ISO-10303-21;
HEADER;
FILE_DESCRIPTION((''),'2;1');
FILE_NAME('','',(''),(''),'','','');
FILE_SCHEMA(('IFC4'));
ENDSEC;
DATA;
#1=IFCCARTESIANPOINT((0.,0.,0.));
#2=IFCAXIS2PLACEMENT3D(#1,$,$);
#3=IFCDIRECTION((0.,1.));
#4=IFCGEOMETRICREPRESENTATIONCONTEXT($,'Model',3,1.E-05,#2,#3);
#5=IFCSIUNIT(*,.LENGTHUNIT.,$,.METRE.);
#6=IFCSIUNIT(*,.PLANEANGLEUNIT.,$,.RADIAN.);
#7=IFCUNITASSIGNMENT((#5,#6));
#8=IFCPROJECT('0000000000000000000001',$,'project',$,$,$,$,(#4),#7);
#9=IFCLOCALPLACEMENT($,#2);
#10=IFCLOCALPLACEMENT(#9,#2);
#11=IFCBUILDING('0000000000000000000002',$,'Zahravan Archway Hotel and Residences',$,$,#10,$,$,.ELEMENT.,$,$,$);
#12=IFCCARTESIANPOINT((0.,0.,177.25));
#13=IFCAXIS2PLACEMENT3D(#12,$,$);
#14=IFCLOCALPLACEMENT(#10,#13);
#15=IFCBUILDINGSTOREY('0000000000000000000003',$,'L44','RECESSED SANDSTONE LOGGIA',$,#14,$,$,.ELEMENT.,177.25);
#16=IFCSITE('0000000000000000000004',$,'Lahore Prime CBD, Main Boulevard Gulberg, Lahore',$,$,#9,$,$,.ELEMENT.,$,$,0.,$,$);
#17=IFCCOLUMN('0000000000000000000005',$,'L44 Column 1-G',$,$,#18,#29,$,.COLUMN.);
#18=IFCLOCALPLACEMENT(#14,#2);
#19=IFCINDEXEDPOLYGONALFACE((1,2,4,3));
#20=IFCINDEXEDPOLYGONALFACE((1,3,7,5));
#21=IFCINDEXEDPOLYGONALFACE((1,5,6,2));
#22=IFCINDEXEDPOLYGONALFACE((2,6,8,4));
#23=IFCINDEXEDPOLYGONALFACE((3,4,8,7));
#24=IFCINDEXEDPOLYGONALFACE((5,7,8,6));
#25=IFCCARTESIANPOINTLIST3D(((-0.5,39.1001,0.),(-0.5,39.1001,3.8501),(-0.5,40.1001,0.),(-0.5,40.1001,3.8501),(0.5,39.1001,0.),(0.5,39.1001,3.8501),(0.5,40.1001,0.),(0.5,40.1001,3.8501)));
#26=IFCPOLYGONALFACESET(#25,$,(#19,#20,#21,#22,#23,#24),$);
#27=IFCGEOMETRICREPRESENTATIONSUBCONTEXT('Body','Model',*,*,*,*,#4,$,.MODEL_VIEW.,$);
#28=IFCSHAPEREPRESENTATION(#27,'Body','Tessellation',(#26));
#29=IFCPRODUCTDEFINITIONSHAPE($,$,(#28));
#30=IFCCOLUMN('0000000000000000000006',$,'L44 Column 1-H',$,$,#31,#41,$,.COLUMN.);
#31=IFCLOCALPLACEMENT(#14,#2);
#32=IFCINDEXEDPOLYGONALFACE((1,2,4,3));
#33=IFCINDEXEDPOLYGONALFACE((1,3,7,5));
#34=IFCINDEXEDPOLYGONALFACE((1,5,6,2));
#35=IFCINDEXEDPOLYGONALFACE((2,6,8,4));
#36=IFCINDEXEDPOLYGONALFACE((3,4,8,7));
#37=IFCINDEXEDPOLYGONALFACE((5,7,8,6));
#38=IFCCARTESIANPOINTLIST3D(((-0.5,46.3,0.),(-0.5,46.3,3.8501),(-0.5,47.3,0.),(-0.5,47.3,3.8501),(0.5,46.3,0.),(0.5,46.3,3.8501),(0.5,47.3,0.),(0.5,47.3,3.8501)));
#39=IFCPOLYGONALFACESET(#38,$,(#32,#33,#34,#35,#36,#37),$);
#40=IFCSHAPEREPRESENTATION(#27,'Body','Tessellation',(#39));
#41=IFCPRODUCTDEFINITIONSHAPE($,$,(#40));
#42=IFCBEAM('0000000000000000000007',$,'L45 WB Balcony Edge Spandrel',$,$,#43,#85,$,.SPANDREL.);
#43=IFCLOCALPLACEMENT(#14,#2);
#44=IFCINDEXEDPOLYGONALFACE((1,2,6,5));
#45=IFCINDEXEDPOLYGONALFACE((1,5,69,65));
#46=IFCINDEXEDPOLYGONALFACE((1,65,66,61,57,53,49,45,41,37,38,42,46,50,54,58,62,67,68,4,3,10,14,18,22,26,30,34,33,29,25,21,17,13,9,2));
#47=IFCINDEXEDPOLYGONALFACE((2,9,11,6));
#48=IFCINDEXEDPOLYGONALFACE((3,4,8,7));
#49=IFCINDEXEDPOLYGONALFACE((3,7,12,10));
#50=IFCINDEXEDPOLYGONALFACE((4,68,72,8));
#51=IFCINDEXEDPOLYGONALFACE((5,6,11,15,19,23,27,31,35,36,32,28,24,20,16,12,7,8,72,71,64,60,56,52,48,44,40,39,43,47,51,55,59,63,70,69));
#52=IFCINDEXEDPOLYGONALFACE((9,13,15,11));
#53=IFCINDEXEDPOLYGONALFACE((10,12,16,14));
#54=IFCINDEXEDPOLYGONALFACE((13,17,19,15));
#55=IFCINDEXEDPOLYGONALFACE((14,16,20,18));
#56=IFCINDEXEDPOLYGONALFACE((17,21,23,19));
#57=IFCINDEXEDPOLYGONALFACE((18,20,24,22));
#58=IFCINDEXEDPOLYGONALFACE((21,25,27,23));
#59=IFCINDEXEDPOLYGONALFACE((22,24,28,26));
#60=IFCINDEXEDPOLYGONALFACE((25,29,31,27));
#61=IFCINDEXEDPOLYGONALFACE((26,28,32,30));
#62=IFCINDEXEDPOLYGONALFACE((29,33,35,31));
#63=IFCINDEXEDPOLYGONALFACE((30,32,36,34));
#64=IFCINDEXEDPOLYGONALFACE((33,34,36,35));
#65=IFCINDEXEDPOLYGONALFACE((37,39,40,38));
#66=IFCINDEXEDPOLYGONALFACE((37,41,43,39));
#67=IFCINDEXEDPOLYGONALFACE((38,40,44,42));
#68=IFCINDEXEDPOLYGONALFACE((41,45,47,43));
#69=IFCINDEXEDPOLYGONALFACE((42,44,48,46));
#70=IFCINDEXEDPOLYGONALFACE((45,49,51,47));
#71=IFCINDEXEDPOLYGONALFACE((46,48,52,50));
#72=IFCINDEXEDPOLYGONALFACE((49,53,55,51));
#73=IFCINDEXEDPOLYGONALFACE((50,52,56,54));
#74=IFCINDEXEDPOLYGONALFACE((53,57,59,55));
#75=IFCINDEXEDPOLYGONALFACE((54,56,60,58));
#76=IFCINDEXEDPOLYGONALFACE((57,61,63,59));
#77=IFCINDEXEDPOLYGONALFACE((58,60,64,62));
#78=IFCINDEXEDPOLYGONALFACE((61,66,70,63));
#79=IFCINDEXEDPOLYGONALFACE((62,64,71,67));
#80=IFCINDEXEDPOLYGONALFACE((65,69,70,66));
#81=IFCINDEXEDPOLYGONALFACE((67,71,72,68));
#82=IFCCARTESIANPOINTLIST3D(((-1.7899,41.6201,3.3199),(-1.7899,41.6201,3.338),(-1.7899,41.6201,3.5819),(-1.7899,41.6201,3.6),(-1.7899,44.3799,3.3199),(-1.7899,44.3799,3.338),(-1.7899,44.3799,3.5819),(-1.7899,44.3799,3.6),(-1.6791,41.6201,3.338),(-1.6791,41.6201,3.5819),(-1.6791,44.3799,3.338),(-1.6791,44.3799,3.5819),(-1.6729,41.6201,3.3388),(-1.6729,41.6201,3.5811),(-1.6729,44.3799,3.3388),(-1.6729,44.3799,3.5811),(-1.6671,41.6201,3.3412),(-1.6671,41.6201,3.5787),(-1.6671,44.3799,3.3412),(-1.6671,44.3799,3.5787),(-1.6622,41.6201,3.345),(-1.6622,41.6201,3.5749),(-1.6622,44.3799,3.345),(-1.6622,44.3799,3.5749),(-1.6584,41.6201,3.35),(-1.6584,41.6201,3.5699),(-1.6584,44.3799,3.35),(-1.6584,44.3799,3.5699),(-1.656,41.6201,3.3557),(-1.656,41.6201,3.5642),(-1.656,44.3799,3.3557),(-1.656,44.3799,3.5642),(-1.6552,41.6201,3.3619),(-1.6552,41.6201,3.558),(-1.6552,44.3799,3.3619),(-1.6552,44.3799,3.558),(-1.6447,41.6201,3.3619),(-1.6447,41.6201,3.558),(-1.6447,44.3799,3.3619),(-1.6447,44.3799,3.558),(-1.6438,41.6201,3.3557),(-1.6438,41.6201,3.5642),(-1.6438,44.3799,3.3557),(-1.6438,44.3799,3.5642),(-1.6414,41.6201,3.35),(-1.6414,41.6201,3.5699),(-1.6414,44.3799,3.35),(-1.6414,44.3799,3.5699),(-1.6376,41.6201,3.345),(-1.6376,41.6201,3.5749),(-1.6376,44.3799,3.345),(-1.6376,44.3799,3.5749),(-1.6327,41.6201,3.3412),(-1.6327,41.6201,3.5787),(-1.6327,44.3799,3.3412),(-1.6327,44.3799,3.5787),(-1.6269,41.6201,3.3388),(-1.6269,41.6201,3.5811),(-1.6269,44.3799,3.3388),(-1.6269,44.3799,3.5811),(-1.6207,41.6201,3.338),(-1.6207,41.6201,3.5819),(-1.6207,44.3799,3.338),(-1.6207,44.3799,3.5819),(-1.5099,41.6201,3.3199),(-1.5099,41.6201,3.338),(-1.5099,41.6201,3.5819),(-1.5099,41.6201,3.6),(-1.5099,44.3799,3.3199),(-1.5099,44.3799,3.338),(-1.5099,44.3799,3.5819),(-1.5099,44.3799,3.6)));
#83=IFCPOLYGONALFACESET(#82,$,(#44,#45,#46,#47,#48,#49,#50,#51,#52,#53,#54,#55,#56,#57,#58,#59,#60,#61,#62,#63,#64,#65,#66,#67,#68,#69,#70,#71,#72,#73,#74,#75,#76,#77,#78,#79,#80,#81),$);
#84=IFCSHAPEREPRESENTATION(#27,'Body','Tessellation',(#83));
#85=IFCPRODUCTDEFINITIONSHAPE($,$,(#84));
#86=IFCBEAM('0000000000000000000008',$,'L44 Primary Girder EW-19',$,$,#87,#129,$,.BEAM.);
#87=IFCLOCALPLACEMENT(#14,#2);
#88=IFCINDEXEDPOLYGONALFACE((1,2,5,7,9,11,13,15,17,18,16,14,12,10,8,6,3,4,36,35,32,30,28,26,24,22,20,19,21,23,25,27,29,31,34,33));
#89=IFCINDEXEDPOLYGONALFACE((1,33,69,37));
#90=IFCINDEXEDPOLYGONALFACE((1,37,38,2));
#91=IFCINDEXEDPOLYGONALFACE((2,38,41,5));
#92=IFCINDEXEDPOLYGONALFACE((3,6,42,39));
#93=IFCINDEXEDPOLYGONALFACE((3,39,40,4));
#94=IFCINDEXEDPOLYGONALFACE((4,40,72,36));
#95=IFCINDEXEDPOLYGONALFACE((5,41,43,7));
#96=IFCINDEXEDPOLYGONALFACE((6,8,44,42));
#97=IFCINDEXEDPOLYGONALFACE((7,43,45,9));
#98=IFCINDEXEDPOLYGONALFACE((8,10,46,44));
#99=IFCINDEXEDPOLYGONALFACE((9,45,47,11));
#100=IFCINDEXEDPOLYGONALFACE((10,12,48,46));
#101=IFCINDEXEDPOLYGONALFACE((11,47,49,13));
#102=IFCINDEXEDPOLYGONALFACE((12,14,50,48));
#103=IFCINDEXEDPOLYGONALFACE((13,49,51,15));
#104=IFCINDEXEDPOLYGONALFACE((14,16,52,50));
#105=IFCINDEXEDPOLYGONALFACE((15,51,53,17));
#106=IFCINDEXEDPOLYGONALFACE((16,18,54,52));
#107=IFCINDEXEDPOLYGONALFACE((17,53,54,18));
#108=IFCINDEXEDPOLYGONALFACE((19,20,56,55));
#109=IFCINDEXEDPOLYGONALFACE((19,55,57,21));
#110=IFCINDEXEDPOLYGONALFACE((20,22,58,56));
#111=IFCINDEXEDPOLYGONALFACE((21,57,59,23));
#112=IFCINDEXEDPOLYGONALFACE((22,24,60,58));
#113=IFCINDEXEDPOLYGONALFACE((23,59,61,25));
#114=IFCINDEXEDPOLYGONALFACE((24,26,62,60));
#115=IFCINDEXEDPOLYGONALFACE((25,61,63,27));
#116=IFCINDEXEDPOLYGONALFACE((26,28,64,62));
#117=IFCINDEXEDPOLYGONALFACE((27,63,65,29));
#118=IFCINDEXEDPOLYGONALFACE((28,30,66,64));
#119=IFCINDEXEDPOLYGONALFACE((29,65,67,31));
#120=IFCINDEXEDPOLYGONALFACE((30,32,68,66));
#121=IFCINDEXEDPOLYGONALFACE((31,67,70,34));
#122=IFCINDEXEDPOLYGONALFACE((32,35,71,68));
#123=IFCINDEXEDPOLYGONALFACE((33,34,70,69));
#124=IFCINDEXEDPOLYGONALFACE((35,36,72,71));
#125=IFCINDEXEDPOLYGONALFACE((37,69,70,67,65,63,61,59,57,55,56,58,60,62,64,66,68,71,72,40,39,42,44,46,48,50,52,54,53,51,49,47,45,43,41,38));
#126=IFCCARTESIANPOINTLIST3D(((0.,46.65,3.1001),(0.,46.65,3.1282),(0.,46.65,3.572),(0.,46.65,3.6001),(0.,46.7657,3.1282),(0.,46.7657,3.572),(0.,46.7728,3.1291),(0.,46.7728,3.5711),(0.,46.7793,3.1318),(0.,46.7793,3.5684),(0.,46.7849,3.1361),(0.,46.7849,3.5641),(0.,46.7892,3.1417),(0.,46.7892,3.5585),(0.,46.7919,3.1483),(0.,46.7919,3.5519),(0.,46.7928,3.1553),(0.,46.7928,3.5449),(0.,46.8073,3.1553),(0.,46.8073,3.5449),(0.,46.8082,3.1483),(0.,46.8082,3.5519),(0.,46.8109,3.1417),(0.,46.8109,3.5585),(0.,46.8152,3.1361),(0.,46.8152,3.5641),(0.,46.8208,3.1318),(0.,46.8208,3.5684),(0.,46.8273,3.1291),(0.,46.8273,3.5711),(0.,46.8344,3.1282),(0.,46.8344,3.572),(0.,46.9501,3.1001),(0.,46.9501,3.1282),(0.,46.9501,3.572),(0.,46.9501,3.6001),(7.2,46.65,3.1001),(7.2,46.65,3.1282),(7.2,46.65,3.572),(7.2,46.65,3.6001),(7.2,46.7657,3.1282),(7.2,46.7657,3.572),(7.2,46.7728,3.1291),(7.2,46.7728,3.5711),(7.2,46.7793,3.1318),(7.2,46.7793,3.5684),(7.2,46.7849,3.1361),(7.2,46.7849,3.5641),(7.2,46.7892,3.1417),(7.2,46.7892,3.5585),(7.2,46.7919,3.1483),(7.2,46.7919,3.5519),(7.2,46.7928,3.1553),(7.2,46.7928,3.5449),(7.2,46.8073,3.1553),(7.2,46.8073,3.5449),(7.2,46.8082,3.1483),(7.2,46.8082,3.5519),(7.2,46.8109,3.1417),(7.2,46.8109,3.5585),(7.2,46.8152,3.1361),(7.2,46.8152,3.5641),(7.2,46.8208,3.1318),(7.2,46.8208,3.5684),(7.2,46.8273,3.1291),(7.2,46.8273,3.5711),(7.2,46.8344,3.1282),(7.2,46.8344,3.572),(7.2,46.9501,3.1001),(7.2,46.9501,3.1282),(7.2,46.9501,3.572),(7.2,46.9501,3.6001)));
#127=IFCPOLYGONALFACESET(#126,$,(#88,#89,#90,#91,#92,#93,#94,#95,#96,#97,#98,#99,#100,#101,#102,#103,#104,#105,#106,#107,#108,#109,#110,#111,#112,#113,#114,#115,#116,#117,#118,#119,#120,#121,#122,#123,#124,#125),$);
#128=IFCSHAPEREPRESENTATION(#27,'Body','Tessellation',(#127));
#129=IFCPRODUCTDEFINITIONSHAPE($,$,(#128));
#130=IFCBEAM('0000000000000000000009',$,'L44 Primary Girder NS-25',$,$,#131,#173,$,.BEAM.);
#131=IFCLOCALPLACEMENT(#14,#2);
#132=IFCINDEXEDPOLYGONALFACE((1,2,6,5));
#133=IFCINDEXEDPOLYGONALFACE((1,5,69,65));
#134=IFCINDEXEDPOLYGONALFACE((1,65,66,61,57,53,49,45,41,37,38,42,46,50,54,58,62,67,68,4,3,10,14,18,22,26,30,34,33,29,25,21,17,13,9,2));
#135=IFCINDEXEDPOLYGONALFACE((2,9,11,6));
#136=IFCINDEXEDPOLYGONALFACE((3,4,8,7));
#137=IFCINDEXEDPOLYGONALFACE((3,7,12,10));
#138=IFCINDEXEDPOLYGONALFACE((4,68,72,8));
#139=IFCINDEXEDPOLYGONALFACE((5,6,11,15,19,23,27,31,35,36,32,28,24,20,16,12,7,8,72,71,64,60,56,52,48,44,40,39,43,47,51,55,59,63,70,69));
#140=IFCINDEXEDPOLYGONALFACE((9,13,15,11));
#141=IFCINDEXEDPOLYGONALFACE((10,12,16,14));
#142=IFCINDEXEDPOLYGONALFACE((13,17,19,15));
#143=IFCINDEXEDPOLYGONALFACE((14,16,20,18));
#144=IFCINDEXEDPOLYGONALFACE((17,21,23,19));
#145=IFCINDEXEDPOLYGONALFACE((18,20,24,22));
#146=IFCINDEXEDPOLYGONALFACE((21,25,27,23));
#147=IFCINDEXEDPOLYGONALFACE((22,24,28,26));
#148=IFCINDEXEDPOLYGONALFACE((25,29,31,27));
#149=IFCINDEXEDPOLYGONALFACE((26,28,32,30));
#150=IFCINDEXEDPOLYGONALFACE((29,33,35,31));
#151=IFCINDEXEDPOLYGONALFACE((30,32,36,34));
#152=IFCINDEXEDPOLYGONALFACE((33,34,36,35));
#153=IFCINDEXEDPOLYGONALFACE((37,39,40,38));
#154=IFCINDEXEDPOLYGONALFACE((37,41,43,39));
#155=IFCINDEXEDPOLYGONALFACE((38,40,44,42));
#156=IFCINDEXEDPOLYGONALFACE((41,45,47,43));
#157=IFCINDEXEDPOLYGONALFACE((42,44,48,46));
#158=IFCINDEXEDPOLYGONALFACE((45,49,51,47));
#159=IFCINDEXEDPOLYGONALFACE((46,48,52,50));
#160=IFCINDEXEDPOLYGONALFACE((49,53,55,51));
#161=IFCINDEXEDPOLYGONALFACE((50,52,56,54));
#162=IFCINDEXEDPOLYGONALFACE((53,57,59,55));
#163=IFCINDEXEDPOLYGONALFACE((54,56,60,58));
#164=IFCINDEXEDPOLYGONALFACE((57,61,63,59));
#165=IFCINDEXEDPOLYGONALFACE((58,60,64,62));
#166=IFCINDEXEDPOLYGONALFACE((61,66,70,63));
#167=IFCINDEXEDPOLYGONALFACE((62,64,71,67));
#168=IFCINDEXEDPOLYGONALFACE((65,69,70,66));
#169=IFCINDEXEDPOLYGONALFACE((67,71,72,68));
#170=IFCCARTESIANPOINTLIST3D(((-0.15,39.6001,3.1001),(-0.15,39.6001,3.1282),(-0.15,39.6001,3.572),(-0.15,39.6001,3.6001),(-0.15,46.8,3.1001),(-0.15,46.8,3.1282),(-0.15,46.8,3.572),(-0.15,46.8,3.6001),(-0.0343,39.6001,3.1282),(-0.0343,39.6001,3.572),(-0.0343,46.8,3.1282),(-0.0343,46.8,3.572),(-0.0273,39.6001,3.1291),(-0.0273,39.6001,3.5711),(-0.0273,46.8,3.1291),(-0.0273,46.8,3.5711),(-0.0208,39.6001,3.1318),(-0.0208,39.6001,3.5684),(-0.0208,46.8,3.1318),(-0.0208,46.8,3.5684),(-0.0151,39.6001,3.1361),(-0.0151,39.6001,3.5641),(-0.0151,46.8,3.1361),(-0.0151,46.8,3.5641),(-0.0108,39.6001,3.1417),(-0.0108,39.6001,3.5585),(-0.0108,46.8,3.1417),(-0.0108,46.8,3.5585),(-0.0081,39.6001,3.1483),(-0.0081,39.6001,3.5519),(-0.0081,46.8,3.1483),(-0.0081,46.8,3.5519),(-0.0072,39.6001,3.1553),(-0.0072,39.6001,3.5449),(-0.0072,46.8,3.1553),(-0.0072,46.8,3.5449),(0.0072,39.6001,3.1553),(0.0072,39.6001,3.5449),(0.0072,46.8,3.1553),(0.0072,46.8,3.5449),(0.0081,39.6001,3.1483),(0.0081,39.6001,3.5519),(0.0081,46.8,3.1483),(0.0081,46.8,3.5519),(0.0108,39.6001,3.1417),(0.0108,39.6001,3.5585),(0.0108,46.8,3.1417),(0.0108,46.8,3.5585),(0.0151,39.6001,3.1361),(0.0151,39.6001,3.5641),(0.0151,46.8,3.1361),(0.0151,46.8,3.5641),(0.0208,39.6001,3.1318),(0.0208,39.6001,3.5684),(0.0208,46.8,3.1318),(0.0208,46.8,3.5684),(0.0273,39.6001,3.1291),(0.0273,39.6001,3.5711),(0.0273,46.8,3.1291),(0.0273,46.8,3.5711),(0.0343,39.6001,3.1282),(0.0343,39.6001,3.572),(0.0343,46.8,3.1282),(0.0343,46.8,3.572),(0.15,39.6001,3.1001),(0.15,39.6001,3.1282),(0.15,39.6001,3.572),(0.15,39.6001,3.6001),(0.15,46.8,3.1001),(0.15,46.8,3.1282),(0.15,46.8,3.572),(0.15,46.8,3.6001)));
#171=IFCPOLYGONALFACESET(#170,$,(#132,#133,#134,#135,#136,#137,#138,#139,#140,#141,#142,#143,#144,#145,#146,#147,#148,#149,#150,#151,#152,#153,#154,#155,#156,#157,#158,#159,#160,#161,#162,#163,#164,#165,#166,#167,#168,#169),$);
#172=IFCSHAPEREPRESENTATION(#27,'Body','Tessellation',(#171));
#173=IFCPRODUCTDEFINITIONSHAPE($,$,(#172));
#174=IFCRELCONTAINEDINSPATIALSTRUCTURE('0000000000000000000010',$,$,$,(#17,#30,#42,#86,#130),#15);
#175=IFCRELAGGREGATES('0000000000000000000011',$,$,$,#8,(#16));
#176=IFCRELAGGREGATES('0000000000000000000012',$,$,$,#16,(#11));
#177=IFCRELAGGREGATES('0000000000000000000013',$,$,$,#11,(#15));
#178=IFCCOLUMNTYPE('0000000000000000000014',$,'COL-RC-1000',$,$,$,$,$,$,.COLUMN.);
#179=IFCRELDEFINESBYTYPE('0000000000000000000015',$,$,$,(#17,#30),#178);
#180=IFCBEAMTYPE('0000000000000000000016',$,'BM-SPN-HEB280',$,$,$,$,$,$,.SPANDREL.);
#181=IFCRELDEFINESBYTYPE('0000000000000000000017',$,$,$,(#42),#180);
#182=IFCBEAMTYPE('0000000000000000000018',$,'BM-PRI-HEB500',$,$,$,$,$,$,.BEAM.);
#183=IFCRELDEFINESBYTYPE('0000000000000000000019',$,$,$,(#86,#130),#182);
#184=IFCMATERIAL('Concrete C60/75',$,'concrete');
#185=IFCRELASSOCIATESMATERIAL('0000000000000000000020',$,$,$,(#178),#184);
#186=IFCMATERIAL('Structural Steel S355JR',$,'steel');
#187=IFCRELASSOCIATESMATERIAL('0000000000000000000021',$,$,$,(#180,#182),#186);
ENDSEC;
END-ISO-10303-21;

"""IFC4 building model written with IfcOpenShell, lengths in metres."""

from ifc_helpers import new_model, si_unit, direction, frame, origin, origin_2d, place, context, subcontext, project, spatial, rectangle, i_section, extrude, source, transform, mapped, material, material_profile, profile_set, type_object, element, save


model = new_model("IFC4")

# Units and contexts
model_context = context("Model", 3, precision=1e-05, world=origin(), true_north=direction((0.0, 1.0)))
body_context = subcontext(model_context, "Body", "Model", "MODEL_VIEW")
ifc_project = project(units=[si_unit("LENGTHUNIT", "METRE"), si_unit("PLANEANGLEUNIT", "RADIAN")], contexts=[model_context])

# Site, building, storey
site_placement = place(None, origin())
site = spatial("IfcSite", under=ifc_project, at=site_placement, Name="Lahore Prime CBD, Main Boulevard Gulberg, Lahore", CompositionType="ELEMENT", RefElevation=0.0)
building_placement = place(site_placement, origin())
building = spatial("IfcBuilding", under=site, at=building_placement, Name="Zahravan Archway Hotel and Residences", CompositionType="ELEMENT")
storey_placement = place(building_placement, frame((0.0, 0.0, 177.25)))
storey = spatial("IfcBuildingStorey", under=building, at=storey_placement, Name="L44", Description="RECESSED SANDSTONE LOGGIA", CompositionType="ELEMENT", Elevation=177.25)

# Columns
ifc_material_1 = material(Name="Concrete C60/75", Category="concrete")
ifc_material_profile_1 = material_profile(ifc_material_1, rectangle(XDim=1.0, YDim=1.0, at=origin_2d()), Name="RC-COL-1000x1000", Category="concrete")
ifc_profile_set_1 = profile_set([ifc_material_profile_1], Name="Concrete C60/75")
column_type = type_object("IfcColumnType", Name="COL-RC-1000", PredefinedType="COLUMN", material=ifc_profile_set_1)
shared_shape_1 = source(origin(), body_context, "Body", "SweptSolid", [
    extrude(rectangle(XDim=1.0, YDim=1.0, at=origin_2d()), origin(), (0.0, 0.0, 1.0), 3.8501),
])
for number, where, z_axis, x_axis, name in (
    (1, (0.0, 39.6001, 0.0), (0.0, 0.0, 1.0), (1.0, 0.0, 0.0), "L44 Column 1-G"),
    (2, (0.0, 46.8, 0.0), (0.0, 0.0, 1.0), (1.0, 0.0, 0.0), "L44 Column 1-H"),
):
    element("IfcColumn", number, at=place(storey_placement, frame(where, z_axis=z_axis, x_axis=x_axis)), inside=storey, type_object=column_type, Name=name, PredefinedType="COLUMN", context=body_context, shape_type="MappedRepresentation", body=[
        mapped(shared_shape_1, transform((0.0, 0.0, 0.0), scale=1.0)),
    ])

# Beams
ifc_material_2 = material(Name="Structural Steel S355JR", Category="steel")
ifc_material_profile_2 = material_profile(ifc_material_2, i_section(OverallWidth=0.28, OverallDepth=0.28, WebThickness=0.0105, FlangeThickness=0.0181, FilletRadius=0.0239, at=origin_2d()), Name="HEB 280", Category="steel")
ifc_profile_set_2 = profile_set([ifc_material_profile_2], Name="Structural Steel S355JR")
beam_type_1 = type_object("IfcBeamType", Name="BM-SPN-HEB280", PredefinedType="SPANDREL", material=ifc_profile_set_2)
shared_shape_2 = source(origin(), body_context, "Body", "SweptSolid", [
    extrude(i_section(OverallWidth=0.28, OverallDepth=0.28, WebThickness=0.0105, FlangeThickness=0.0181, FilletRadius=0.0239, at=origin_2d()), origin(), (0.0, 0.0, 1.0), 2.7598),
])
beam_placement = place(storey_placement, frame((-1.6499, 41.6201, 3.46), z_axis=(0.0, 1.0, 0.0), x_axis=(-1.0, 0.0, 0.0)))
element("IfcBeam", 3, at=beam_placement, inside=storey, type_object=beam_type_1, Name="L45 WB Balcony Edge Spandrel", PredefinedType="SPANDREL", context=body_context, shape_type="MappedRepresentation", body=[
    mapped(shared_shape_2, transform((0.0, 0.0, 0.0), scale=1.0)),
])
ifc_material_profile_3 = material_profile(ifc_material_2, i_section(OverallWidth=0.3, OverallDepth=0.5, WebThickness=0.0144, FlangeThickness=0.0281, FilletRadius=0.0271, at=origin_2d()), Name="HEB 500", Category="steel")
ifc_profile_set_3 = profile_set([ifc_material_profile_3], Name="Structural Steel S355JR")
beam_type_2 = type_object("IfcBeamType", Name="BM-PRI-HEB500", PredefinedType="BEAM", material=ifc_profile_set_3)
shared_shape_3 = source(origin(), body_context, "Body", "SweptSolid", [
    extrude(i_section(OverallWidth=0.3, OverallDepth=0.5, WebThickness=0.0144, FlangeThickness=0.0281, FilletRadius=0.0271, at=origin_2d()), origin(), (0.0, 0.0, 1.0), 7.2),
])
for number, where, z_axis, x_axis, name in (
    (4, (0.0, 46.8, 3.3501), (1.0, 0.0, 0.0), (0.0, 1.0, 0.0), "L44 Primary Girder EW-19"),
    (5, (0.0, 39.6001, 3.3501), (0.0, 1.0, 0.0), (-1.0, 0.0, 0.0), "L44 Primary Girder NS-25"),
):
    element("IfcBeam", number, at=place(storey_placement, frame(where, z_axis=z_axis, x_axis=x_axis)), inside=storey, type_object=beam_type_2, Name=name, PredefinedType="BEAM", context=body_context, shape_type="MappedRepresentation", body=[
        mapped(shared_shape_3, transform((0.0, 0.0, 0.0), scale=1.0)),
    ])

save(model, "model.ifc")
